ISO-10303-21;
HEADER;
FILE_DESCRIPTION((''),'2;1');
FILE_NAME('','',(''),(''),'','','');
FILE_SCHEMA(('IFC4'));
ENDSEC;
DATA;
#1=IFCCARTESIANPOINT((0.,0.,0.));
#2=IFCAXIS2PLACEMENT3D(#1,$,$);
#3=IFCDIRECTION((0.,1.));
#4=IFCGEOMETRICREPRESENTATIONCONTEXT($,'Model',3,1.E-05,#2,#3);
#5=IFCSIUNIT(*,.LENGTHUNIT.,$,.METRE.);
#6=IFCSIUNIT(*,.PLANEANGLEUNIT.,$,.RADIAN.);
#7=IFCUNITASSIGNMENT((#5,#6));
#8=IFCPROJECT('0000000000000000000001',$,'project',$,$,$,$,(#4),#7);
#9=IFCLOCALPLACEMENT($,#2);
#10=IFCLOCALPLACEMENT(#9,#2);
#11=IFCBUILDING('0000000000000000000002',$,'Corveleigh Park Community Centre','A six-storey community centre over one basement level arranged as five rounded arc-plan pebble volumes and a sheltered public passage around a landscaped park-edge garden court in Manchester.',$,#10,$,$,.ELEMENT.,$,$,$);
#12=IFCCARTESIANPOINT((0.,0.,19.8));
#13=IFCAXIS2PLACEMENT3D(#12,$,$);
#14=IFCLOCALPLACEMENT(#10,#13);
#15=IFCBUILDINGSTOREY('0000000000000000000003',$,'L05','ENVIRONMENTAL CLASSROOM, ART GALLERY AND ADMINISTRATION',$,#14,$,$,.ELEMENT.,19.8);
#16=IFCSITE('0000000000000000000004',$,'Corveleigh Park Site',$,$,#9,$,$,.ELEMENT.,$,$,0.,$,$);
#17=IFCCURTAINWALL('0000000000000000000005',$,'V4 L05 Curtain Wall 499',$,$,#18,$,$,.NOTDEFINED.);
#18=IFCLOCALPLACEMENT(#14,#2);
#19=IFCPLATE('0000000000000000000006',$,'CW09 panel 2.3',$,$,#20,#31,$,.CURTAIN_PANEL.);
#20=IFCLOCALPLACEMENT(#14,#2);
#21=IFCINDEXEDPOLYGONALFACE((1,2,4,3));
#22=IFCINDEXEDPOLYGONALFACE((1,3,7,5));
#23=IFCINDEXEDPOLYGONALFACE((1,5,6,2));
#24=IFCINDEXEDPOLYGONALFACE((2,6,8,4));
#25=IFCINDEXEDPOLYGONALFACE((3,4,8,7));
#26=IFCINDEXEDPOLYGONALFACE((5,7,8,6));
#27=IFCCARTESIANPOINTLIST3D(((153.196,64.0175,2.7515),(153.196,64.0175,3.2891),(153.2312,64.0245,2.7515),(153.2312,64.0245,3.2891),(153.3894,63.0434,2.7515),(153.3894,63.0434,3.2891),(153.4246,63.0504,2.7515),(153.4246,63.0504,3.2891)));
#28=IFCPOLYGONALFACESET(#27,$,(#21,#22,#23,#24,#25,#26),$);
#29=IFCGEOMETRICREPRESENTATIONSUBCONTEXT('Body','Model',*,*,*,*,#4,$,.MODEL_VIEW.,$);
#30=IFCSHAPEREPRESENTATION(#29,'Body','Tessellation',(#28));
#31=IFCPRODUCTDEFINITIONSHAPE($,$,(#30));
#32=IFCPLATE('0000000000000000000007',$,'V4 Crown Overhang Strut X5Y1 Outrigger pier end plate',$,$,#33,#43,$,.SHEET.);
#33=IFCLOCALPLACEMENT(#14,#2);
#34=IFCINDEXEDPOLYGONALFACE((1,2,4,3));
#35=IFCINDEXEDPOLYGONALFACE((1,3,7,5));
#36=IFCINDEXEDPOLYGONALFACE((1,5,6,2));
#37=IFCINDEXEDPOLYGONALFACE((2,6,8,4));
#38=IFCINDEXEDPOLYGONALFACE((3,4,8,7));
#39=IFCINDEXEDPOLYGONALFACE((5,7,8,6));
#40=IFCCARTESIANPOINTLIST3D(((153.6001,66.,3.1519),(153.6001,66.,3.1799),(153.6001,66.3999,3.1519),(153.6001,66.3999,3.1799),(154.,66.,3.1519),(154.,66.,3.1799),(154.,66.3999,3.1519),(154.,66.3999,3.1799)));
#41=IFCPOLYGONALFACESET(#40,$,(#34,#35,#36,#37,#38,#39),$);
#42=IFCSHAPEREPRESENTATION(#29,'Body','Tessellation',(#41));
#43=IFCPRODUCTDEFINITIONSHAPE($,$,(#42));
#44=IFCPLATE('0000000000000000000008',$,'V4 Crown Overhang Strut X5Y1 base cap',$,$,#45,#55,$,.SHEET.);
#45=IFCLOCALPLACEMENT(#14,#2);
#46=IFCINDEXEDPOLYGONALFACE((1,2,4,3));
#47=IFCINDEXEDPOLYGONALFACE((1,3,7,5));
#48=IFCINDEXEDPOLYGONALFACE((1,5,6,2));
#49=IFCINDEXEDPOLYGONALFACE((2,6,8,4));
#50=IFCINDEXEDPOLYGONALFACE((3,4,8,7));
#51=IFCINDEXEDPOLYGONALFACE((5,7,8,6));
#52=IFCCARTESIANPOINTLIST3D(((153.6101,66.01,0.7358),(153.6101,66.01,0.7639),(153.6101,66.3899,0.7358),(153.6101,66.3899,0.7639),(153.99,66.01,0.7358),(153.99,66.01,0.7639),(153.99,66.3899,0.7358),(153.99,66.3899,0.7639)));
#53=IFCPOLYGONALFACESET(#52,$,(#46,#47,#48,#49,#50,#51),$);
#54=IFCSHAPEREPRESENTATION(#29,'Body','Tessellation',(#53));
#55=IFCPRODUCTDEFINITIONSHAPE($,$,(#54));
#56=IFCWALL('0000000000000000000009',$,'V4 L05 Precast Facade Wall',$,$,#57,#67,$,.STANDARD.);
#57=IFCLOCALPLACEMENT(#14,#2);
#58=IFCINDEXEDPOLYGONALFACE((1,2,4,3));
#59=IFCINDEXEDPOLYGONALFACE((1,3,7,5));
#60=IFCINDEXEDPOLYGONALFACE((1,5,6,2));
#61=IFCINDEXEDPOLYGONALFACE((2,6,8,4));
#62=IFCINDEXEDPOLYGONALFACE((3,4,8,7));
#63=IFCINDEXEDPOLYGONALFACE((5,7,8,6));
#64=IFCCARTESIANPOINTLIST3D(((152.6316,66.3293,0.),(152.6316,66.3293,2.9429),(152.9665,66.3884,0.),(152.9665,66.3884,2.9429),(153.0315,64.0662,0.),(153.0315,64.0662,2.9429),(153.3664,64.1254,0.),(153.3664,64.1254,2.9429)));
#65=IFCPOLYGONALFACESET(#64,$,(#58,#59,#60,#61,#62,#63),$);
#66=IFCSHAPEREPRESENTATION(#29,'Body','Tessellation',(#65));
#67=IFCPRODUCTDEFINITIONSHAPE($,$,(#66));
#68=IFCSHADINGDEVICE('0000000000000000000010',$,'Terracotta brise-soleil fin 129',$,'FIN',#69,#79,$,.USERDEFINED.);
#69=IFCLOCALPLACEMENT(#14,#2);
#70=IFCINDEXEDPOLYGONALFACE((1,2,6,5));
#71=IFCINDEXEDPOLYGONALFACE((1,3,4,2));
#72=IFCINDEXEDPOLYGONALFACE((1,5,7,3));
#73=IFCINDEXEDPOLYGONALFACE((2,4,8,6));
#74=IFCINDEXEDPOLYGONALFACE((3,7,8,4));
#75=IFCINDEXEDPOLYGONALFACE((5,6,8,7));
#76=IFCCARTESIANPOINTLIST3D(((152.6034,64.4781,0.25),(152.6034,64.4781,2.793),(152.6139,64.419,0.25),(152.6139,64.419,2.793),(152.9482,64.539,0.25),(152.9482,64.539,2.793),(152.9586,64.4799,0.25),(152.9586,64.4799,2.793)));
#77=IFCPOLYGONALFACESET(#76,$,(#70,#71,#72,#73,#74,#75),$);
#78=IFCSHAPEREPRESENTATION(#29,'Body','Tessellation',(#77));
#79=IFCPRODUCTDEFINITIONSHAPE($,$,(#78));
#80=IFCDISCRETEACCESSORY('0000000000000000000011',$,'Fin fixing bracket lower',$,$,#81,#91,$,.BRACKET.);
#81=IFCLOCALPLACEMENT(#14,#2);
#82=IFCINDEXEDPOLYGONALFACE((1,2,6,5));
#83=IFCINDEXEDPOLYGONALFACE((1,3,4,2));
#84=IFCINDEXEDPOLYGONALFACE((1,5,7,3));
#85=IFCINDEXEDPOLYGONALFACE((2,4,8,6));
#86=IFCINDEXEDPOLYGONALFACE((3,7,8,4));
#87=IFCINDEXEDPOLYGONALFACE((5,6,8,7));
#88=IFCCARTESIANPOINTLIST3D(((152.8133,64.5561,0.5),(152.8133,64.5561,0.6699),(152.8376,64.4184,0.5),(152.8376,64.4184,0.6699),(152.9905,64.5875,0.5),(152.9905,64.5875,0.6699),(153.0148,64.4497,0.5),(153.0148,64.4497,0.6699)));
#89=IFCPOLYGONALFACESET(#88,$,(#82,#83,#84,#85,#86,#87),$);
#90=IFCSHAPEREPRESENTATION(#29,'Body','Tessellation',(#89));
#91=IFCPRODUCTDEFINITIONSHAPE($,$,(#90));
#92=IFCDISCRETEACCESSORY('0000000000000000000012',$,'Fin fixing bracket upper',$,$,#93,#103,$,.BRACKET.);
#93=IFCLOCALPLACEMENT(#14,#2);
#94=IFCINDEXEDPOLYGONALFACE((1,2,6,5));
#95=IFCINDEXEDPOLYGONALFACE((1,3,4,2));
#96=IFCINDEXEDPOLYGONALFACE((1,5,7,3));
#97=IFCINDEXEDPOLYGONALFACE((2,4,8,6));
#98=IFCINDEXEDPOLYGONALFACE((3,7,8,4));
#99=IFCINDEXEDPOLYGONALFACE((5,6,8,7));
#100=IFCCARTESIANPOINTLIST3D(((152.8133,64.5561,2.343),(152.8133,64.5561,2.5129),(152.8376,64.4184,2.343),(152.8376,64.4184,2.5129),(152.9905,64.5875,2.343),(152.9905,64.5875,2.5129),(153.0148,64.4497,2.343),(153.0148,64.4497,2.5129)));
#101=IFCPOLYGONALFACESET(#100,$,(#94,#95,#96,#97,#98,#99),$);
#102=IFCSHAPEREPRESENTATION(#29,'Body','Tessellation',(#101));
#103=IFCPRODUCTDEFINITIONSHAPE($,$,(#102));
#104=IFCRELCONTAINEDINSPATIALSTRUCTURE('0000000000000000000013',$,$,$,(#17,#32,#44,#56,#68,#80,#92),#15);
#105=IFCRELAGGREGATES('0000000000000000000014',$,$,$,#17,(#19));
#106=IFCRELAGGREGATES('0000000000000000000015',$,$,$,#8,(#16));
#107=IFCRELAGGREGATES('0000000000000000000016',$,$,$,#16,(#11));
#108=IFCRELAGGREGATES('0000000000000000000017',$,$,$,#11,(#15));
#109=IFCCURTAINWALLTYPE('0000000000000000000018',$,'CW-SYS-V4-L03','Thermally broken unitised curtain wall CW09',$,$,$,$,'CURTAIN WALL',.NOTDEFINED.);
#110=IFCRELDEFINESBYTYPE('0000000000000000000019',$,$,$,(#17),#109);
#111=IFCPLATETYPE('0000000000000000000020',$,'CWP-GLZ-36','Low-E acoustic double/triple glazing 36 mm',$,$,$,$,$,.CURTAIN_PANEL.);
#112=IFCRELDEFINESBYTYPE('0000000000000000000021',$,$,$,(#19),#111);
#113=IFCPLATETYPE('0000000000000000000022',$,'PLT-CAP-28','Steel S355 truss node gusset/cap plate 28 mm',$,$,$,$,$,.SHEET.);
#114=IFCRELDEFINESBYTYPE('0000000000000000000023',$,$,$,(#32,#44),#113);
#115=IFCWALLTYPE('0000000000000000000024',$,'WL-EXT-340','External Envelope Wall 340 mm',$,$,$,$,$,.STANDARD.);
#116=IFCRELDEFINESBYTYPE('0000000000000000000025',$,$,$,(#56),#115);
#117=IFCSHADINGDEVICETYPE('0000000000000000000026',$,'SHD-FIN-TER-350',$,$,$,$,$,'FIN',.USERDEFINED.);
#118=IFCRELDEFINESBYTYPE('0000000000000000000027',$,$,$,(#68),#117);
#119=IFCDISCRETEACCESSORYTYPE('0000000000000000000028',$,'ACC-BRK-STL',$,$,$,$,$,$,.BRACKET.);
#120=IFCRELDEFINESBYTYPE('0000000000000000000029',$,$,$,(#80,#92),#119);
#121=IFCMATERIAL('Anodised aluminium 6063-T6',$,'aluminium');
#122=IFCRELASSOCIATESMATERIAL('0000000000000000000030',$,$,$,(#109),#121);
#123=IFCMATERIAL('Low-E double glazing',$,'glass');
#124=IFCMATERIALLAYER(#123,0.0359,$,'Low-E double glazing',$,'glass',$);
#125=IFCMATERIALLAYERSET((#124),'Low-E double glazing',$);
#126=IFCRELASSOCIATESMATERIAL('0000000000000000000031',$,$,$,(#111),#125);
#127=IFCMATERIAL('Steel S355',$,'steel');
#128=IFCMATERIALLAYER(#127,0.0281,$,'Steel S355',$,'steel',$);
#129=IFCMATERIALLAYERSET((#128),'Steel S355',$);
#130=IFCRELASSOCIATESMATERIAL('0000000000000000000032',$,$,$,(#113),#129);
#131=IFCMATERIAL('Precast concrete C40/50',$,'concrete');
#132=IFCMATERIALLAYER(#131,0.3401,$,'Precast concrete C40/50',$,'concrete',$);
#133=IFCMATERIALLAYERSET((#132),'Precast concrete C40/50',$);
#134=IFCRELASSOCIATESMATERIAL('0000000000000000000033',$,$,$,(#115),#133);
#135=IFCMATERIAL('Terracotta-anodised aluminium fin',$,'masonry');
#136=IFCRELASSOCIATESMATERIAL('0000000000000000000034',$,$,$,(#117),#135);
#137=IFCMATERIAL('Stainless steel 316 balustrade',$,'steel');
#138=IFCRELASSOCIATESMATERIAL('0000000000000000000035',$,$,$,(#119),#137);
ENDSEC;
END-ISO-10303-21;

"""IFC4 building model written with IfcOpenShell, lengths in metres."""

from ifc_helpers import new_model, si_unit, direction, frame, frame_2d, origin, origin_2d, place, context, subcontext, project, spatial, rectangle, extrude, material, layer, layer_set, type_object, element, aggregate, save


model = new_model("IFC4")

# Units and contexts
model_context = context("Model", 3, precision=1e-05, world=origin(), true_north=direction((0.0, 1.0)))
body_context = subcontext(model_context, "Body", "Model", "MODEL_VIEW")
ifc_project = project(units=[si_unit("LENGTHUNIT", "METRE"), si_unit("PLANEANGLEUNIT", "RADIAN")], contexts=[model_context])

# Site, building, storey
site_placement = place(None, origin())
site = spatial("IfcSite", under=ifc_project, at=site_placement, Name="Corveleigh Park Site", CompositionType="ELEMENT", RefElevation=0.0)
building_placement = place(site_placement, origin())
building = spatial("IfcBuilding", under=site, at=building_placement, Name="Corveleigh Park Community Centre", Description="A six-storey community centre over one basement level arranged as five rounded arc-plan pebble volumes and a sheltered public passage around a landscaped park-edge garden court in Manchester.", CompositionType="ELEMENT")
storey_placement = place(building_placement, frame((0.0, 0.0, 19.8)))
storey = spatial("IfcBuildingStorey", under=building, at=storey_placement, Name="L05", Description="ENVIRONMENTAL CLASSROOM, ART GALLERY AND ADMINISTRATION", CompositionType="ELEMENT", Elevation=19.8)

# Shared definitions
ifc_material_1 = material(Name="Steel S355", Category="steel")

# Curtain wall
ifc_material_2 = material(Name="Anodised aluminium 6063-T6", Category="aluminium")
curtain_wall_type = type_object("IfcCurtainWallType", Name="CW-SYS-V4-L03", Description="Thermally broken unitised curtain wall CW09", ElementType="CURTAIN WALL", PredefinedType="NOTDEFINED", material=ifc_material_2)
curtain_wall_placement = place(storey_placement, origin())
curtain_wall = element("IfcCurtainWall", 1, at=curtain_wall_placement, inside=storey, type_object=curtain_wall_type, Name="V4 L05 Curtain Wall 499", PredefinedType="NOTDEFINED")

# Plate
ifc_material_3 = material(Name="Low-E double glazing", Category="glass")
ifc_layer_1 = layer(ifc_material_3, 0.0359, Name="Low-E double glazing", Category="glass")
ifc_layer_set_1 = layer_set([ifc_layer_1], Name="Low-E double glazing")
plate_type_1 = type_object("IfcPlateType", Name="CWP-GLZ-36", Description="Low-E acoustic double/triple glazing 36 mm", PredefinedType="CURTAIN_PANEL", material=ifc_layer_set_1)
plate_1_placement = place(storey_placement, frame((153.3103, 63.5339, 2.7515), z_axis=(0.0, 0.0, 1.0), x_axis=(-0.194784, 0.980846, 0.0)))
plate_1 = element("IfcPlate", 2, at=plate_1_placement, type_object=plate_type_1, Name="CW09 panel 2.3", PredefinedType="CURTAIN_PANEL", context=body_context, shape_type="SweptSolid", body=[
    extrude(rectangle(XDim=0.9932, YDim=0.0359, at=origin_2d()), origin(), (0.0, 0.0, 1.0), 0.5376),
])
aggregate(curtain_wall, [plate_1])

# Plates
ifc_layer_2 = layer(ifc_material_1, 0.0281, Name="Steel S355", Category="steel")
ifc_layer_set_2 = layer_set([ifc_layer_2], Name="Steel S355")
plate_type_2 = type_object("IfcPlateType", Name="PLT-CAP-28", Description="Steel S355 truss node gusset/cap plate 28 mm", PredefinedType="SHEET", material=ifc_layer_set_2)
plate_2_placement = place(storey_placement, frame((153.8, 66.2, 3.1519), z_axis=(0.0, 0.0, 1.0), x_axis=(1.0, 0.0, 0.0)))
element("IfcPlate", 3, at=plate_2_placement, inside=storey, type_object=plate_type_2, Name="V4 Crown Overhang Strut X5Y1 Outrigger pier end plate", PredefinedType="SHEET", context=body_context, shape_type="SweptSolid", body=[
    extrude(rectangle(XDim=0.3999, YDim=0.3999, at=origin_2d()), origin(), (0.0, 0.0, 1.0), 0.0281),
])
plate_3_placement = place(storey_placement, frame((153.8, 66.2, 0.7358), z_axis=(0.0, 0.0, 1.0), x_axis=(1.0, 0.0, 0.0)))
element("IfcPlate", 4, at=plate_3_placement, inside=storey, type_object=plate_type_2, Name="V4 Crown Overhang Strut X5Y1 base cap", PredefinedType="SHEET", context=body_context, shape_type="SweptSolid", body=[
    extrude(rectangle(XDim=0.3799, YDim=0.3799, at=origin_2d()), origin(), (0.0, 0.0, 1.0), 0.0281),
])

# Wall
ifc_material_4 = material(Name="Precast concrete C40/50", Category="concrete")
ifc_layer_3 = layer(ifc_material_4, 0.3401, Name="Precast concrete C40/50", Category="concrete")
ifc_layer_set_3 = layer_set([ifc_layer_3], Name="Precast concrete C40/50")
wall_type = type_object("IfcWallType", Name="WL-EXT-340", Description="External Envelope Wall 340 mm", PredefinedType="STANDARD", material=ifc_layer_set_3)
wall_placement = place(storey_placement, frame((153.199, 64.0959, 0.0), z_axis=(0.0, 0.0, 1.0), x_axis=(-0.174022, 0.984742, 0.0)))
element("IfcWall", 5, at=wall_placement, inside=storey, type_object=wall_type, Name="V4 L05 Precast Facade Wall", PredefinedType="STANDARD", context=body_context, shape_type="SweptSolid", body=[
    extrude(rectangle(XDim=2.2981, YDim=0.3401, at=frame_2d((1.1489, 0.0))), origin(), (0.0, 0.0, 1.0), 2.9429),
])

# Shading device
ifc_material_5 = material(Name="Terracotta-anodised aluminium fin", Category="masonry")
shading_device_type = type_object("IfcShadingDeviceType", Name="SHD-FIN-TER-350", ElementType="FIN", PredefinedType="USERDEFINED", material=ifc_material_5)
shading_device_placement = place(storey_placement, frame((152.781, 64.479, 0.25), z_axis=(0.0, 0.0, 1.0), x_axis=(-0.984735, -0.174058, 0.0)))
element("IfcShadingDevice", 6, at=shading_device_placement, inside=storey, type_object=shading_device_type, Name="Terracotta brise-soleil fin 129", ObjectType="FIN", PredefinedType="USERDEFINED", context=body_context, shape_type="SweptSolid", body=[
    extrude(rectangle(XDim=0.3501, YDim=0.0601, at=origin_2d()), origin(), (0.0, 0.0, 1.0), 2.543),
])

# Discrete accessories
ifc_material_6 = material(Name="Stainless steel 316 balustrade", Category="steel")
discrete_accessory_type = type_object("IfcDiscreteAccessoryType", Name="ACC-BRK-STL", PredefinedType="BRACKET", material=ifc_material_6)
for number, where, z_axis, x_axis, name in (
    (7, (152.9141, 64.5029, 0.5), (0.0, 0.0, 1.0), (-0.984735, -0.174058, 0.0), "Fin fixing bracket lower"),
    (8, (152.9141, 64.5029, 2.343), (0.0, 0.0, 1.0), (-0.984735, -0.174058, 0.0), "Fin fixing bracket upper"),
):
    element("IfcDiscreteAccessory", number, at=place(storey_placement, frame(where, z_axis=z_axis, x_axis=x_axis)), inside=storey, type_object=discrete_accessory_type, Name=name, PredefinedType="BRACKET", context=body_context, shape_type="SweptSolid", body=[
        extrude(rectangle(XDim=0.1799, YDim=0.1399, at=origin_2d()), origin(), (0.0, 0.0, 1.0), 0.1699),
    ])

save(model, "model.ifc")
